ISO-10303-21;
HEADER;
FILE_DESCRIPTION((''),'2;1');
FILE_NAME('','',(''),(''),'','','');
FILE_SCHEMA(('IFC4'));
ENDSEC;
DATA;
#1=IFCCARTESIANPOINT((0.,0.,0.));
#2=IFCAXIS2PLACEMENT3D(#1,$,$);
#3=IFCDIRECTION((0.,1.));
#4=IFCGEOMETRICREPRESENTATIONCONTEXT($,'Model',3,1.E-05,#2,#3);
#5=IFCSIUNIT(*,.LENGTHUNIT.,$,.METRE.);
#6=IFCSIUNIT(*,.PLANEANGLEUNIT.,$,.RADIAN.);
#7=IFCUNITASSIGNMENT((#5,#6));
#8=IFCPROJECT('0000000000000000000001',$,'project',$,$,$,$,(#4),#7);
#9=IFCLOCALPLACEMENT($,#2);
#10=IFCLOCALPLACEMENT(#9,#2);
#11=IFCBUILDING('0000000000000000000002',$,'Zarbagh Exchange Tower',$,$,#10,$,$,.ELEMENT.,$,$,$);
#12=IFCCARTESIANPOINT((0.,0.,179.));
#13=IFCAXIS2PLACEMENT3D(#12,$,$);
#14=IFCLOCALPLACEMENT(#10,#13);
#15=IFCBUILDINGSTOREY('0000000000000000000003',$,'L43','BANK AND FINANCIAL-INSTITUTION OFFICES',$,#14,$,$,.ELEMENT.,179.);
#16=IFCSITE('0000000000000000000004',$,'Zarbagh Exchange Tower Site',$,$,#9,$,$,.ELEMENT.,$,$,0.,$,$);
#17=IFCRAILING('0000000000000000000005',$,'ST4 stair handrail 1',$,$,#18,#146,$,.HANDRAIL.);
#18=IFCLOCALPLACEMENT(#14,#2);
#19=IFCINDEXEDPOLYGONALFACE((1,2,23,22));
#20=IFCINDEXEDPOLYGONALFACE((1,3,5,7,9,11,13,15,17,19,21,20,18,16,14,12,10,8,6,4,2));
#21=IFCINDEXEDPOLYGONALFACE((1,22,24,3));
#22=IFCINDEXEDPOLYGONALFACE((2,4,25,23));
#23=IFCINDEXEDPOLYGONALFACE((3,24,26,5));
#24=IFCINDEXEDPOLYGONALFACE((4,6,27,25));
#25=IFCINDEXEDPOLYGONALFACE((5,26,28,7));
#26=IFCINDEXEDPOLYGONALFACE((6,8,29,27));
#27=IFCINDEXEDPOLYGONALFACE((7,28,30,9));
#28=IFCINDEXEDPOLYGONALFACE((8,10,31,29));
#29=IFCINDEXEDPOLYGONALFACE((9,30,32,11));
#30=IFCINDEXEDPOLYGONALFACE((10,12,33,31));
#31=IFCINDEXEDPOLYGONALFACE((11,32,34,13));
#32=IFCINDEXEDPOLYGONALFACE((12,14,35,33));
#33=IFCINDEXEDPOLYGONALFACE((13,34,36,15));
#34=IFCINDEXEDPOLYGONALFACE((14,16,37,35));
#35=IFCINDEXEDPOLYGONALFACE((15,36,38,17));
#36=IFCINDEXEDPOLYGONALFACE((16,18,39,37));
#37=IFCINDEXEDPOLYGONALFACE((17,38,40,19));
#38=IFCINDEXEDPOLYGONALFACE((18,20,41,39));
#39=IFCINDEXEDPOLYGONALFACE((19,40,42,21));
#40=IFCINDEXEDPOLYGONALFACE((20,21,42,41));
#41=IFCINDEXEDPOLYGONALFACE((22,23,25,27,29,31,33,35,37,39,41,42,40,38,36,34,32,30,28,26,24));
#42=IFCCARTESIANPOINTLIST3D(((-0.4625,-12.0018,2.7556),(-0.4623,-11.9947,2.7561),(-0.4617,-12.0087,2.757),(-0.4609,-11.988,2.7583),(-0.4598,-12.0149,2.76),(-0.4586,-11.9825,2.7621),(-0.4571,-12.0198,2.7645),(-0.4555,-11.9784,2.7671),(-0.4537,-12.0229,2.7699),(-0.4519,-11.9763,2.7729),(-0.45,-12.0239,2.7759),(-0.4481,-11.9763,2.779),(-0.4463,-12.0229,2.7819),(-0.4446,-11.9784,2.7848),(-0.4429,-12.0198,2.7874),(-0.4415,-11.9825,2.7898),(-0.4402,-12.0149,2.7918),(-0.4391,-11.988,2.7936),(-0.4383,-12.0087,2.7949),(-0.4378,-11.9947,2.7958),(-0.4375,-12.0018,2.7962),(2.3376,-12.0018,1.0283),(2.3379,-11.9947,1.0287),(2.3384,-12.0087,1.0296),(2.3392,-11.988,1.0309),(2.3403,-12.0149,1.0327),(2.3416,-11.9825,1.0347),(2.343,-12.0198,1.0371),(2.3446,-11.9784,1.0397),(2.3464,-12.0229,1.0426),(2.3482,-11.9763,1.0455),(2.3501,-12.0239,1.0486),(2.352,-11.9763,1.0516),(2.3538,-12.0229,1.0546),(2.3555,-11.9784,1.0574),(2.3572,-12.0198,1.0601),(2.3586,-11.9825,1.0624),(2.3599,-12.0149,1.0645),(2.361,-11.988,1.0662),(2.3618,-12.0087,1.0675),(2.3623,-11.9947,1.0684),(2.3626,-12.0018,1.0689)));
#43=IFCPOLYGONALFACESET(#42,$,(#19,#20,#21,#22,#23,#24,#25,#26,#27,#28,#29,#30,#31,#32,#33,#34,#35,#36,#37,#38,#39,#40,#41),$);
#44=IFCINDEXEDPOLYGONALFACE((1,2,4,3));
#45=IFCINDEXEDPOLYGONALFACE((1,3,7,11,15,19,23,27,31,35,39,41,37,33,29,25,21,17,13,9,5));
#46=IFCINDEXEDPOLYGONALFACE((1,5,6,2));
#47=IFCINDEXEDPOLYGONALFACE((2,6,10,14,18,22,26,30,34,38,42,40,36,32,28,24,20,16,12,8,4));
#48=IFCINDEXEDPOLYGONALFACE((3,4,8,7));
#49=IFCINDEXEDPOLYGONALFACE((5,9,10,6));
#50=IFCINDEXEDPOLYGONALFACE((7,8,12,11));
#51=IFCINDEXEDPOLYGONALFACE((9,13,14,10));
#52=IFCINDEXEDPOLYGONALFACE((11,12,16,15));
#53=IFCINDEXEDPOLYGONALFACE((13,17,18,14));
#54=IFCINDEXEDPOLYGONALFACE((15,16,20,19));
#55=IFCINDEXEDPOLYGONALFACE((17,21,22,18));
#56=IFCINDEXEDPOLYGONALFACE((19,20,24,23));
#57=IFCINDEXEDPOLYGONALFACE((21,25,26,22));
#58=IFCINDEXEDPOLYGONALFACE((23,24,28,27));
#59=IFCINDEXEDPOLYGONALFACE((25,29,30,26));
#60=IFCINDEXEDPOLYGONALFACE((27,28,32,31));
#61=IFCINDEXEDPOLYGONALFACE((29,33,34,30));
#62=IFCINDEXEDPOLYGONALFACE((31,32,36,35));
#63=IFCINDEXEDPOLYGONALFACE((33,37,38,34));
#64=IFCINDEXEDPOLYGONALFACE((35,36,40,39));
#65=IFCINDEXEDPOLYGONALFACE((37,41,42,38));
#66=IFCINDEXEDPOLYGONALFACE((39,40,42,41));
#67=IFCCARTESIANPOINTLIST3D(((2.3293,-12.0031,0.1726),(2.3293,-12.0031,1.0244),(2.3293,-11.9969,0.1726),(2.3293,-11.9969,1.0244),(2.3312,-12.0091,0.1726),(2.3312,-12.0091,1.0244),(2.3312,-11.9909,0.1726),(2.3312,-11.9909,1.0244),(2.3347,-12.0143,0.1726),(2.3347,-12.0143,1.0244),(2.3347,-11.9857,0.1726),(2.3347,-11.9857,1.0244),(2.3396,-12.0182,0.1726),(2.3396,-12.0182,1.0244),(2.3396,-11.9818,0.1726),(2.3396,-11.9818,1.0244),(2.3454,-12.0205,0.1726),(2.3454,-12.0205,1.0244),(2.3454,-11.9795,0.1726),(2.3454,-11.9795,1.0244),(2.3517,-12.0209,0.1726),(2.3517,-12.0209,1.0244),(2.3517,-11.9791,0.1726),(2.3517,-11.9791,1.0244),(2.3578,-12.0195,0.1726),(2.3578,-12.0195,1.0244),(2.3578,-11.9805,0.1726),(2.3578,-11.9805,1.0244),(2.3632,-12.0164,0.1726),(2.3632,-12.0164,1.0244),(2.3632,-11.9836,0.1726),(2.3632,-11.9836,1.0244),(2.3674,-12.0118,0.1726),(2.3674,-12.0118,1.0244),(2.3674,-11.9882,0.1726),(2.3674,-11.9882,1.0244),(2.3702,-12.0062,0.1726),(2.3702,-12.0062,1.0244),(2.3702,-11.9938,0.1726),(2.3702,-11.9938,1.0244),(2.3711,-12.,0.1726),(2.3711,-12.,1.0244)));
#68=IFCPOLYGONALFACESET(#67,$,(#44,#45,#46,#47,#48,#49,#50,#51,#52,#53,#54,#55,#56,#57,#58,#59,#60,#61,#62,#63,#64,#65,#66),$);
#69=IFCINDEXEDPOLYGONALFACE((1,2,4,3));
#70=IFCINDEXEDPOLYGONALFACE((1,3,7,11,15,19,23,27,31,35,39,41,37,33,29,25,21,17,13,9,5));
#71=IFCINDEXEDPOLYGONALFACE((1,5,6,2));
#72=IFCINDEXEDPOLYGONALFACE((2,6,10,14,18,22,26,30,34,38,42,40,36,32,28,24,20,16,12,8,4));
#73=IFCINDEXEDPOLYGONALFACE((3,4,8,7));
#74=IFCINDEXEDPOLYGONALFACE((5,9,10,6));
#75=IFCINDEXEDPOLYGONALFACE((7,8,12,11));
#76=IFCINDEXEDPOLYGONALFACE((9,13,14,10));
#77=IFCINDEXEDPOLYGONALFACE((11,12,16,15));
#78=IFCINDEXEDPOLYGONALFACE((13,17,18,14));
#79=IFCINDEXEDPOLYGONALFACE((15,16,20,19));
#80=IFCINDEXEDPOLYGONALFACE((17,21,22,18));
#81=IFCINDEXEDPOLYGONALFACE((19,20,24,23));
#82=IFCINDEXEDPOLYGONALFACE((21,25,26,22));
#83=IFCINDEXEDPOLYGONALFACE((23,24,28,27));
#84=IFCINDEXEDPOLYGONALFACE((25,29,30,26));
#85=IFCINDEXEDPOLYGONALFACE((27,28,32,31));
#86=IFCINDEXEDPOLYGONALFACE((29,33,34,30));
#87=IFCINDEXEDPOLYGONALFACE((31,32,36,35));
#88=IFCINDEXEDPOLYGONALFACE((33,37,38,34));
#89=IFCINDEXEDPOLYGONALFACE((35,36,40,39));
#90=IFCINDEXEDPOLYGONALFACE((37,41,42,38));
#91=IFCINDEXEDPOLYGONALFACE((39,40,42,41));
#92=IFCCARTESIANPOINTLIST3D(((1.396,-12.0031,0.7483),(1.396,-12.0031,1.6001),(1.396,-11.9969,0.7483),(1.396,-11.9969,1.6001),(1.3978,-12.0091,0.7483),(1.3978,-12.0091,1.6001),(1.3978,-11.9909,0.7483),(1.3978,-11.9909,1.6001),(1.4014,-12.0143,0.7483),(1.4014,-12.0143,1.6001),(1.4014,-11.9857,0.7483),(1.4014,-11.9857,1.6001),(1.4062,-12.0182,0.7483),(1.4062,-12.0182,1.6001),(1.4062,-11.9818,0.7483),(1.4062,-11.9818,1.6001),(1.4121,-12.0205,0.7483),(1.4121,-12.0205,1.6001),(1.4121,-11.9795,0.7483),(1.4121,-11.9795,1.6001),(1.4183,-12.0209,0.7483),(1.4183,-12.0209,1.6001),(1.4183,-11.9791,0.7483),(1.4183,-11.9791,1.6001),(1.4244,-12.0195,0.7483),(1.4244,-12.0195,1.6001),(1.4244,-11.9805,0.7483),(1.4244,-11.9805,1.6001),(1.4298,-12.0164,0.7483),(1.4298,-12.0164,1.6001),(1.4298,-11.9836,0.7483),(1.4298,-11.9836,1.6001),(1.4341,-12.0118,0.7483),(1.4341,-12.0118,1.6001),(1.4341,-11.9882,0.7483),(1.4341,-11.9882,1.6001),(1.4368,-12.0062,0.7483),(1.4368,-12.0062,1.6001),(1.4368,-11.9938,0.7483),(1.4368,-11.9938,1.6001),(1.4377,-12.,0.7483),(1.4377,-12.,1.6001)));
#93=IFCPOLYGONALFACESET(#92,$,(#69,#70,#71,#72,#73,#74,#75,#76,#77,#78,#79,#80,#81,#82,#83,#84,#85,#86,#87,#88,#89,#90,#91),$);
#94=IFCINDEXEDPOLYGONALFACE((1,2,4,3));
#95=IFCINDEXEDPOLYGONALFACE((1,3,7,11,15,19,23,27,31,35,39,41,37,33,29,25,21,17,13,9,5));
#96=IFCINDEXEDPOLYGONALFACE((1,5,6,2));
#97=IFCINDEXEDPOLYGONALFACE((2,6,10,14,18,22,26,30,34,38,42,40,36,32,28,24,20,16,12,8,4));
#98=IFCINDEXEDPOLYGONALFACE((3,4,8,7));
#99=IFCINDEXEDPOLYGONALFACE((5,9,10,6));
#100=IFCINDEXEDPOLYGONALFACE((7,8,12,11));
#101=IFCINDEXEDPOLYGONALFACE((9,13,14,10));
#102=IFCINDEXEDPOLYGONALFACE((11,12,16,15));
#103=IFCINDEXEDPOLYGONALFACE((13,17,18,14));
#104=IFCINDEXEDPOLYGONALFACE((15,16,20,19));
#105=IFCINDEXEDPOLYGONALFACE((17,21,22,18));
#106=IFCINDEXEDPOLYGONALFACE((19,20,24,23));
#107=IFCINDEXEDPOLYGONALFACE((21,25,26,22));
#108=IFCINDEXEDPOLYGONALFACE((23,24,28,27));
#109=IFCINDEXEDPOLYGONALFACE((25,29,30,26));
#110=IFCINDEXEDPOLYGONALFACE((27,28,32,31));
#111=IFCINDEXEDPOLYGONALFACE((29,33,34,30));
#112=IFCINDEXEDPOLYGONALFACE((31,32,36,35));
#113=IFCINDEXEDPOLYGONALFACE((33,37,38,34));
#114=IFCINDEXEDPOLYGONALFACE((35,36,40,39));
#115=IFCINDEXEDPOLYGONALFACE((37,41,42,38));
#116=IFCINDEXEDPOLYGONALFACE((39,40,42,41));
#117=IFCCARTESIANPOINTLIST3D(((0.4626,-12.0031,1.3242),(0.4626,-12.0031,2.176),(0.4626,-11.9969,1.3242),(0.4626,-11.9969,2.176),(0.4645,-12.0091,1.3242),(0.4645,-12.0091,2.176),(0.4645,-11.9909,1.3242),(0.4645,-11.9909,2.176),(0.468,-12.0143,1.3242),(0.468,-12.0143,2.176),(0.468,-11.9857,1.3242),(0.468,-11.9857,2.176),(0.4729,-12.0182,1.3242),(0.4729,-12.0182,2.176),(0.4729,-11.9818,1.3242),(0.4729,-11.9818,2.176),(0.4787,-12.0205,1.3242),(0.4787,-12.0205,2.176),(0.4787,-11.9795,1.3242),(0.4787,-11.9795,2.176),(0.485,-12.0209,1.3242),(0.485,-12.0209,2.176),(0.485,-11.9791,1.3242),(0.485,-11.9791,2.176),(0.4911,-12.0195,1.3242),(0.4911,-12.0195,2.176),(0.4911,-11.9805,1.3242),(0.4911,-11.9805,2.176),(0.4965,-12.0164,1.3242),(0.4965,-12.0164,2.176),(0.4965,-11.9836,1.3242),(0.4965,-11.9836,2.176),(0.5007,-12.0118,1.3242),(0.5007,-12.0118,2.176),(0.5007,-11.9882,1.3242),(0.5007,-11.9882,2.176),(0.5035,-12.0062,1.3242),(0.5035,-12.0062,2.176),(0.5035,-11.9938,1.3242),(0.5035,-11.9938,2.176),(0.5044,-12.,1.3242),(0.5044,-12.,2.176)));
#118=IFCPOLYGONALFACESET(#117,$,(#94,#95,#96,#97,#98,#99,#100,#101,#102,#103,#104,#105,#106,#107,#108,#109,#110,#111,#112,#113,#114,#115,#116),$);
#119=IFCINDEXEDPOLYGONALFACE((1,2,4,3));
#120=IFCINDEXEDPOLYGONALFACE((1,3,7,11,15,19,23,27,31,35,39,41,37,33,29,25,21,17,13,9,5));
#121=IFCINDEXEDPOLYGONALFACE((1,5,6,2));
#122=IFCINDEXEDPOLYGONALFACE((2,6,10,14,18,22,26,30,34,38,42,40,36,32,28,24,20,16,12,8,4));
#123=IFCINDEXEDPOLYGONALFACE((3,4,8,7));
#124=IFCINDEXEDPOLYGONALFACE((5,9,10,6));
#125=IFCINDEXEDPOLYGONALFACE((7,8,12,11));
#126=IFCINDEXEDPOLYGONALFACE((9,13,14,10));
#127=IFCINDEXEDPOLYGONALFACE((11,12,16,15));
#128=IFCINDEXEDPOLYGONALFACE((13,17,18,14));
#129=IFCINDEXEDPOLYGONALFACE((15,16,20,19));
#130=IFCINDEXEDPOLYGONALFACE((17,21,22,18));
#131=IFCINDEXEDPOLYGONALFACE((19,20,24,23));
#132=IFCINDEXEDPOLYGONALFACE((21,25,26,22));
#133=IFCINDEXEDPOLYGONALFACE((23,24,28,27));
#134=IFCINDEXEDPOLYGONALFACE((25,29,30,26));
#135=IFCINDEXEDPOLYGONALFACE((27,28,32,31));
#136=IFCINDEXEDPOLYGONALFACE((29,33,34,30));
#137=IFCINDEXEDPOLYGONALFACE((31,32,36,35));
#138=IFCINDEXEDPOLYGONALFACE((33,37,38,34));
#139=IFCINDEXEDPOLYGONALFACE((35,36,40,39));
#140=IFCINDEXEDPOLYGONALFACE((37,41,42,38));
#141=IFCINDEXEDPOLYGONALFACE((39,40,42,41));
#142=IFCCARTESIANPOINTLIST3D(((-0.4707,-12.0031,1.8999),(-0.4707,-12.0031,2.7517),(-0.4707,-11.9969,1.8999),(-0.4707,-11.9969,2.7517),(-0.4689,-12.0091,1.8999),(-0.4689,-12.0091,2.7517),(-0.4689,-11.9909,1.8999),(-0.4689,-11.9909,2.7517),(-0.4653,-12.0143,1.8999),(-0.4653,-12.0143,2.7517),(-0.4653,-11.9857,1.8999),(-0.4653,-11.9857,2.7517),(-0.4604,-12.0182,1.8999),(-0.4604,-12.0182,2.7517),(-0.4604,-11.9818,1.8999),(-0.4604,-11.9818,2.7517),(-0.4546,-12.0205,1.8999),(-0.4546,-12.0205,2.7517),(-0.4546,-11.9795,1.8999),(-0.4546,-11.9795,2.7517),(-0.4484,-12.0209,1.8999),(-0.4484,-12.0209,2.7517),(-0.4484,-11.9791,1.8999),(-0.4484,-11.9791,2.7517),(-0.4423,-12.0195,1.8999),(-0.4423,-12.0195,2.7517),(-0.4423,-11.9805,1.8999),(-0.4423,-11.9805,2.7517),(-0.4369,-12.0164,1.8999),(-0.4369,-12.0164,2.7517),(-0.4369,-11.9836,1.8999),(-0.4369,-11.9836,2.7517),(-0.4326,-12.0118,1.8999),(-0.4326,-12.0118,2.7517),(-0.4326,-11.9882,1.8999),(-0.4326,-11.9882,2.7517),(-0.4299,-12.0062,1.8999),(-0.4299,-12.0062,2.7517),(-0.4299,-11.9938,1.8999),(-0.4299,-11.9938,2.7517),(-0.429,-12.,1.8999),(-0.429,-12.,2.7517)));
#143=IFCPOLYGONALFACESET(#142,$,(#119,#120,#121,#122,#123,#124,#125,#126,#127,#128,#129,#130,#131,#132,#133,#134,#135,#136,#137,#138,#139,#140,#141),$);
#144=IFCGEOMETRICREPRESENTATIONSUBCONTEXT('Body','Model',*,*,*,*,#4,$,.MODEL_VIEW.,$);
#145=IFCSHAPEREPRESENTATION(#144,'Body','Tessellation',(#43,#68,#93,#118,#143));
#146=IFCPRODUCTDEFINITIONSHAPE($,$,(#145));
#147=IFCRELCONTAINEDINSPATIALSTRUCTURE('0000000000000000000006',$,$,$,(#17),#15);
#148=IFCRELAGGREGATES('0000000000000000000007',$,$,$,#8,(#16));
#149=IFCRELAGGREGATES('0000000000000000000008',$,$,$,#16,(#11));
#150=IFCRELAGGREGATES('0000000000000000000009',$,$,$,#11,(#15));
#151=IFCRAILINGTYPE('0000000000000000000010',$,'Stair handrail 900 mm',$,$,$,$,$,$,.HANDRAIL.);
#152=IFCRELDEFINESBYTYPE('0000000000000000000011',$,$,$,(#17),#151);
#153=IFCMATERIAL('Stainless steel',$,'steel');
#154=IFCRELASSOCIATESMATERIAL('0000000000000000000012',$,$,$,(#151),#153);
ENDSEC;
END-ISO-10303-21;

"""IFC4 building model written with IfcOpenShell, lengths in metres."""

from ifc_helpers import new_model, si_unit, direction, frame, origin, origin_2d, place, context, subcontext, project, spatial, circle, extrude, material, type_object, element, save


model = new_model("IFC4")

# Units and contexts
model_context = context("Model", 3, precision=1e-05, world=origin(), true_north=direction((0.0, 1.0)))
body_context = subcontext(model_context, "Body", "Model", "MODEL_VIEW")
ifc_project = project(units=[si_unit("LENGTHUNIT", "METRE"), si_unit("PLANEANGLEUNIT", "RADIAN")], contexts=[model_context])

# Site, building, storey
site_placement = place(None, origin())
site = spatial("IfcSite", under=ifc_project, at=site_placement, Name="Zarbagh Exchange Tower Site", CompositionType="ELEMENT", RefElevation=0.0)
building_placement = place(site_placement, origin())
building = spatial("IfcBuilding", under=site, at=building_placement, Name="Zarbagh Exchange Tower", CompositionType="ELEMENT")
storey_placement = place(building_placement, frame((0.0, 0.0, 179.0)))
storey = spatial("IfcBuildingStorey", under=building, at=storey_placement, Name="L43", Description="BANK AND FINANCIAL-INSTITUTION OFFICES", CompositionType="ELEMENT", Elevation=179.0)

# Shared definitions
ifc_material_1 = material(Name="Stainless steel", Category="steel")

# Railing
railing_type_1 = type_object("IfcRailingType", Name="Stair handrail 900 mm", PredefinedType="HANDRAIL", material=ifc_material_1)
for number, where, name in (
    (1, (2.3501, -12.0, 0.1726), "ST4 stair handrail 1"),
):
    element("IfcRailing", number, at=place(storey_placement, frame(where)), inside=storey, type_object=railing_type_1, Name=name, PredefinedType="HANDRAIL", context=body_context, shape_type="SweptSolid", body=[
        extrude(circle(Radius=0.0239, at=origin_2d()), frame((0.0, 0.0, 0.876), z_axis=(-0.85109, 0.0, 0.52502), x_axis=(0.0, -1.0, 0.0)), (0.0, 0.0, 1.0), 3.29),
        extrude(circle(Radius=0.021, at=origin_2d()), origin(), (0.0, 0.0, 1.0), 0.8518),
        extrude(circle(Radius=0.021, at=origin_2d()), frame((-0.9333, 0.0, 0.5757)), (0.0, 0.0, 1.0), 0.8518),
        extrude(circle(Radius=0.021, at=origin_2d()), frame((-1.8667, 0.0, 1.1516)), (0.0, 0.0, 1.0), 0.8518),
        extrude(circle(Radius=0.021, at=origin_2d()), frame((-2.8, 0.0, 1.7273)), (0.0, 0.0, 1.0), 0.8518),
    ])

save(model, "model.ifc")
